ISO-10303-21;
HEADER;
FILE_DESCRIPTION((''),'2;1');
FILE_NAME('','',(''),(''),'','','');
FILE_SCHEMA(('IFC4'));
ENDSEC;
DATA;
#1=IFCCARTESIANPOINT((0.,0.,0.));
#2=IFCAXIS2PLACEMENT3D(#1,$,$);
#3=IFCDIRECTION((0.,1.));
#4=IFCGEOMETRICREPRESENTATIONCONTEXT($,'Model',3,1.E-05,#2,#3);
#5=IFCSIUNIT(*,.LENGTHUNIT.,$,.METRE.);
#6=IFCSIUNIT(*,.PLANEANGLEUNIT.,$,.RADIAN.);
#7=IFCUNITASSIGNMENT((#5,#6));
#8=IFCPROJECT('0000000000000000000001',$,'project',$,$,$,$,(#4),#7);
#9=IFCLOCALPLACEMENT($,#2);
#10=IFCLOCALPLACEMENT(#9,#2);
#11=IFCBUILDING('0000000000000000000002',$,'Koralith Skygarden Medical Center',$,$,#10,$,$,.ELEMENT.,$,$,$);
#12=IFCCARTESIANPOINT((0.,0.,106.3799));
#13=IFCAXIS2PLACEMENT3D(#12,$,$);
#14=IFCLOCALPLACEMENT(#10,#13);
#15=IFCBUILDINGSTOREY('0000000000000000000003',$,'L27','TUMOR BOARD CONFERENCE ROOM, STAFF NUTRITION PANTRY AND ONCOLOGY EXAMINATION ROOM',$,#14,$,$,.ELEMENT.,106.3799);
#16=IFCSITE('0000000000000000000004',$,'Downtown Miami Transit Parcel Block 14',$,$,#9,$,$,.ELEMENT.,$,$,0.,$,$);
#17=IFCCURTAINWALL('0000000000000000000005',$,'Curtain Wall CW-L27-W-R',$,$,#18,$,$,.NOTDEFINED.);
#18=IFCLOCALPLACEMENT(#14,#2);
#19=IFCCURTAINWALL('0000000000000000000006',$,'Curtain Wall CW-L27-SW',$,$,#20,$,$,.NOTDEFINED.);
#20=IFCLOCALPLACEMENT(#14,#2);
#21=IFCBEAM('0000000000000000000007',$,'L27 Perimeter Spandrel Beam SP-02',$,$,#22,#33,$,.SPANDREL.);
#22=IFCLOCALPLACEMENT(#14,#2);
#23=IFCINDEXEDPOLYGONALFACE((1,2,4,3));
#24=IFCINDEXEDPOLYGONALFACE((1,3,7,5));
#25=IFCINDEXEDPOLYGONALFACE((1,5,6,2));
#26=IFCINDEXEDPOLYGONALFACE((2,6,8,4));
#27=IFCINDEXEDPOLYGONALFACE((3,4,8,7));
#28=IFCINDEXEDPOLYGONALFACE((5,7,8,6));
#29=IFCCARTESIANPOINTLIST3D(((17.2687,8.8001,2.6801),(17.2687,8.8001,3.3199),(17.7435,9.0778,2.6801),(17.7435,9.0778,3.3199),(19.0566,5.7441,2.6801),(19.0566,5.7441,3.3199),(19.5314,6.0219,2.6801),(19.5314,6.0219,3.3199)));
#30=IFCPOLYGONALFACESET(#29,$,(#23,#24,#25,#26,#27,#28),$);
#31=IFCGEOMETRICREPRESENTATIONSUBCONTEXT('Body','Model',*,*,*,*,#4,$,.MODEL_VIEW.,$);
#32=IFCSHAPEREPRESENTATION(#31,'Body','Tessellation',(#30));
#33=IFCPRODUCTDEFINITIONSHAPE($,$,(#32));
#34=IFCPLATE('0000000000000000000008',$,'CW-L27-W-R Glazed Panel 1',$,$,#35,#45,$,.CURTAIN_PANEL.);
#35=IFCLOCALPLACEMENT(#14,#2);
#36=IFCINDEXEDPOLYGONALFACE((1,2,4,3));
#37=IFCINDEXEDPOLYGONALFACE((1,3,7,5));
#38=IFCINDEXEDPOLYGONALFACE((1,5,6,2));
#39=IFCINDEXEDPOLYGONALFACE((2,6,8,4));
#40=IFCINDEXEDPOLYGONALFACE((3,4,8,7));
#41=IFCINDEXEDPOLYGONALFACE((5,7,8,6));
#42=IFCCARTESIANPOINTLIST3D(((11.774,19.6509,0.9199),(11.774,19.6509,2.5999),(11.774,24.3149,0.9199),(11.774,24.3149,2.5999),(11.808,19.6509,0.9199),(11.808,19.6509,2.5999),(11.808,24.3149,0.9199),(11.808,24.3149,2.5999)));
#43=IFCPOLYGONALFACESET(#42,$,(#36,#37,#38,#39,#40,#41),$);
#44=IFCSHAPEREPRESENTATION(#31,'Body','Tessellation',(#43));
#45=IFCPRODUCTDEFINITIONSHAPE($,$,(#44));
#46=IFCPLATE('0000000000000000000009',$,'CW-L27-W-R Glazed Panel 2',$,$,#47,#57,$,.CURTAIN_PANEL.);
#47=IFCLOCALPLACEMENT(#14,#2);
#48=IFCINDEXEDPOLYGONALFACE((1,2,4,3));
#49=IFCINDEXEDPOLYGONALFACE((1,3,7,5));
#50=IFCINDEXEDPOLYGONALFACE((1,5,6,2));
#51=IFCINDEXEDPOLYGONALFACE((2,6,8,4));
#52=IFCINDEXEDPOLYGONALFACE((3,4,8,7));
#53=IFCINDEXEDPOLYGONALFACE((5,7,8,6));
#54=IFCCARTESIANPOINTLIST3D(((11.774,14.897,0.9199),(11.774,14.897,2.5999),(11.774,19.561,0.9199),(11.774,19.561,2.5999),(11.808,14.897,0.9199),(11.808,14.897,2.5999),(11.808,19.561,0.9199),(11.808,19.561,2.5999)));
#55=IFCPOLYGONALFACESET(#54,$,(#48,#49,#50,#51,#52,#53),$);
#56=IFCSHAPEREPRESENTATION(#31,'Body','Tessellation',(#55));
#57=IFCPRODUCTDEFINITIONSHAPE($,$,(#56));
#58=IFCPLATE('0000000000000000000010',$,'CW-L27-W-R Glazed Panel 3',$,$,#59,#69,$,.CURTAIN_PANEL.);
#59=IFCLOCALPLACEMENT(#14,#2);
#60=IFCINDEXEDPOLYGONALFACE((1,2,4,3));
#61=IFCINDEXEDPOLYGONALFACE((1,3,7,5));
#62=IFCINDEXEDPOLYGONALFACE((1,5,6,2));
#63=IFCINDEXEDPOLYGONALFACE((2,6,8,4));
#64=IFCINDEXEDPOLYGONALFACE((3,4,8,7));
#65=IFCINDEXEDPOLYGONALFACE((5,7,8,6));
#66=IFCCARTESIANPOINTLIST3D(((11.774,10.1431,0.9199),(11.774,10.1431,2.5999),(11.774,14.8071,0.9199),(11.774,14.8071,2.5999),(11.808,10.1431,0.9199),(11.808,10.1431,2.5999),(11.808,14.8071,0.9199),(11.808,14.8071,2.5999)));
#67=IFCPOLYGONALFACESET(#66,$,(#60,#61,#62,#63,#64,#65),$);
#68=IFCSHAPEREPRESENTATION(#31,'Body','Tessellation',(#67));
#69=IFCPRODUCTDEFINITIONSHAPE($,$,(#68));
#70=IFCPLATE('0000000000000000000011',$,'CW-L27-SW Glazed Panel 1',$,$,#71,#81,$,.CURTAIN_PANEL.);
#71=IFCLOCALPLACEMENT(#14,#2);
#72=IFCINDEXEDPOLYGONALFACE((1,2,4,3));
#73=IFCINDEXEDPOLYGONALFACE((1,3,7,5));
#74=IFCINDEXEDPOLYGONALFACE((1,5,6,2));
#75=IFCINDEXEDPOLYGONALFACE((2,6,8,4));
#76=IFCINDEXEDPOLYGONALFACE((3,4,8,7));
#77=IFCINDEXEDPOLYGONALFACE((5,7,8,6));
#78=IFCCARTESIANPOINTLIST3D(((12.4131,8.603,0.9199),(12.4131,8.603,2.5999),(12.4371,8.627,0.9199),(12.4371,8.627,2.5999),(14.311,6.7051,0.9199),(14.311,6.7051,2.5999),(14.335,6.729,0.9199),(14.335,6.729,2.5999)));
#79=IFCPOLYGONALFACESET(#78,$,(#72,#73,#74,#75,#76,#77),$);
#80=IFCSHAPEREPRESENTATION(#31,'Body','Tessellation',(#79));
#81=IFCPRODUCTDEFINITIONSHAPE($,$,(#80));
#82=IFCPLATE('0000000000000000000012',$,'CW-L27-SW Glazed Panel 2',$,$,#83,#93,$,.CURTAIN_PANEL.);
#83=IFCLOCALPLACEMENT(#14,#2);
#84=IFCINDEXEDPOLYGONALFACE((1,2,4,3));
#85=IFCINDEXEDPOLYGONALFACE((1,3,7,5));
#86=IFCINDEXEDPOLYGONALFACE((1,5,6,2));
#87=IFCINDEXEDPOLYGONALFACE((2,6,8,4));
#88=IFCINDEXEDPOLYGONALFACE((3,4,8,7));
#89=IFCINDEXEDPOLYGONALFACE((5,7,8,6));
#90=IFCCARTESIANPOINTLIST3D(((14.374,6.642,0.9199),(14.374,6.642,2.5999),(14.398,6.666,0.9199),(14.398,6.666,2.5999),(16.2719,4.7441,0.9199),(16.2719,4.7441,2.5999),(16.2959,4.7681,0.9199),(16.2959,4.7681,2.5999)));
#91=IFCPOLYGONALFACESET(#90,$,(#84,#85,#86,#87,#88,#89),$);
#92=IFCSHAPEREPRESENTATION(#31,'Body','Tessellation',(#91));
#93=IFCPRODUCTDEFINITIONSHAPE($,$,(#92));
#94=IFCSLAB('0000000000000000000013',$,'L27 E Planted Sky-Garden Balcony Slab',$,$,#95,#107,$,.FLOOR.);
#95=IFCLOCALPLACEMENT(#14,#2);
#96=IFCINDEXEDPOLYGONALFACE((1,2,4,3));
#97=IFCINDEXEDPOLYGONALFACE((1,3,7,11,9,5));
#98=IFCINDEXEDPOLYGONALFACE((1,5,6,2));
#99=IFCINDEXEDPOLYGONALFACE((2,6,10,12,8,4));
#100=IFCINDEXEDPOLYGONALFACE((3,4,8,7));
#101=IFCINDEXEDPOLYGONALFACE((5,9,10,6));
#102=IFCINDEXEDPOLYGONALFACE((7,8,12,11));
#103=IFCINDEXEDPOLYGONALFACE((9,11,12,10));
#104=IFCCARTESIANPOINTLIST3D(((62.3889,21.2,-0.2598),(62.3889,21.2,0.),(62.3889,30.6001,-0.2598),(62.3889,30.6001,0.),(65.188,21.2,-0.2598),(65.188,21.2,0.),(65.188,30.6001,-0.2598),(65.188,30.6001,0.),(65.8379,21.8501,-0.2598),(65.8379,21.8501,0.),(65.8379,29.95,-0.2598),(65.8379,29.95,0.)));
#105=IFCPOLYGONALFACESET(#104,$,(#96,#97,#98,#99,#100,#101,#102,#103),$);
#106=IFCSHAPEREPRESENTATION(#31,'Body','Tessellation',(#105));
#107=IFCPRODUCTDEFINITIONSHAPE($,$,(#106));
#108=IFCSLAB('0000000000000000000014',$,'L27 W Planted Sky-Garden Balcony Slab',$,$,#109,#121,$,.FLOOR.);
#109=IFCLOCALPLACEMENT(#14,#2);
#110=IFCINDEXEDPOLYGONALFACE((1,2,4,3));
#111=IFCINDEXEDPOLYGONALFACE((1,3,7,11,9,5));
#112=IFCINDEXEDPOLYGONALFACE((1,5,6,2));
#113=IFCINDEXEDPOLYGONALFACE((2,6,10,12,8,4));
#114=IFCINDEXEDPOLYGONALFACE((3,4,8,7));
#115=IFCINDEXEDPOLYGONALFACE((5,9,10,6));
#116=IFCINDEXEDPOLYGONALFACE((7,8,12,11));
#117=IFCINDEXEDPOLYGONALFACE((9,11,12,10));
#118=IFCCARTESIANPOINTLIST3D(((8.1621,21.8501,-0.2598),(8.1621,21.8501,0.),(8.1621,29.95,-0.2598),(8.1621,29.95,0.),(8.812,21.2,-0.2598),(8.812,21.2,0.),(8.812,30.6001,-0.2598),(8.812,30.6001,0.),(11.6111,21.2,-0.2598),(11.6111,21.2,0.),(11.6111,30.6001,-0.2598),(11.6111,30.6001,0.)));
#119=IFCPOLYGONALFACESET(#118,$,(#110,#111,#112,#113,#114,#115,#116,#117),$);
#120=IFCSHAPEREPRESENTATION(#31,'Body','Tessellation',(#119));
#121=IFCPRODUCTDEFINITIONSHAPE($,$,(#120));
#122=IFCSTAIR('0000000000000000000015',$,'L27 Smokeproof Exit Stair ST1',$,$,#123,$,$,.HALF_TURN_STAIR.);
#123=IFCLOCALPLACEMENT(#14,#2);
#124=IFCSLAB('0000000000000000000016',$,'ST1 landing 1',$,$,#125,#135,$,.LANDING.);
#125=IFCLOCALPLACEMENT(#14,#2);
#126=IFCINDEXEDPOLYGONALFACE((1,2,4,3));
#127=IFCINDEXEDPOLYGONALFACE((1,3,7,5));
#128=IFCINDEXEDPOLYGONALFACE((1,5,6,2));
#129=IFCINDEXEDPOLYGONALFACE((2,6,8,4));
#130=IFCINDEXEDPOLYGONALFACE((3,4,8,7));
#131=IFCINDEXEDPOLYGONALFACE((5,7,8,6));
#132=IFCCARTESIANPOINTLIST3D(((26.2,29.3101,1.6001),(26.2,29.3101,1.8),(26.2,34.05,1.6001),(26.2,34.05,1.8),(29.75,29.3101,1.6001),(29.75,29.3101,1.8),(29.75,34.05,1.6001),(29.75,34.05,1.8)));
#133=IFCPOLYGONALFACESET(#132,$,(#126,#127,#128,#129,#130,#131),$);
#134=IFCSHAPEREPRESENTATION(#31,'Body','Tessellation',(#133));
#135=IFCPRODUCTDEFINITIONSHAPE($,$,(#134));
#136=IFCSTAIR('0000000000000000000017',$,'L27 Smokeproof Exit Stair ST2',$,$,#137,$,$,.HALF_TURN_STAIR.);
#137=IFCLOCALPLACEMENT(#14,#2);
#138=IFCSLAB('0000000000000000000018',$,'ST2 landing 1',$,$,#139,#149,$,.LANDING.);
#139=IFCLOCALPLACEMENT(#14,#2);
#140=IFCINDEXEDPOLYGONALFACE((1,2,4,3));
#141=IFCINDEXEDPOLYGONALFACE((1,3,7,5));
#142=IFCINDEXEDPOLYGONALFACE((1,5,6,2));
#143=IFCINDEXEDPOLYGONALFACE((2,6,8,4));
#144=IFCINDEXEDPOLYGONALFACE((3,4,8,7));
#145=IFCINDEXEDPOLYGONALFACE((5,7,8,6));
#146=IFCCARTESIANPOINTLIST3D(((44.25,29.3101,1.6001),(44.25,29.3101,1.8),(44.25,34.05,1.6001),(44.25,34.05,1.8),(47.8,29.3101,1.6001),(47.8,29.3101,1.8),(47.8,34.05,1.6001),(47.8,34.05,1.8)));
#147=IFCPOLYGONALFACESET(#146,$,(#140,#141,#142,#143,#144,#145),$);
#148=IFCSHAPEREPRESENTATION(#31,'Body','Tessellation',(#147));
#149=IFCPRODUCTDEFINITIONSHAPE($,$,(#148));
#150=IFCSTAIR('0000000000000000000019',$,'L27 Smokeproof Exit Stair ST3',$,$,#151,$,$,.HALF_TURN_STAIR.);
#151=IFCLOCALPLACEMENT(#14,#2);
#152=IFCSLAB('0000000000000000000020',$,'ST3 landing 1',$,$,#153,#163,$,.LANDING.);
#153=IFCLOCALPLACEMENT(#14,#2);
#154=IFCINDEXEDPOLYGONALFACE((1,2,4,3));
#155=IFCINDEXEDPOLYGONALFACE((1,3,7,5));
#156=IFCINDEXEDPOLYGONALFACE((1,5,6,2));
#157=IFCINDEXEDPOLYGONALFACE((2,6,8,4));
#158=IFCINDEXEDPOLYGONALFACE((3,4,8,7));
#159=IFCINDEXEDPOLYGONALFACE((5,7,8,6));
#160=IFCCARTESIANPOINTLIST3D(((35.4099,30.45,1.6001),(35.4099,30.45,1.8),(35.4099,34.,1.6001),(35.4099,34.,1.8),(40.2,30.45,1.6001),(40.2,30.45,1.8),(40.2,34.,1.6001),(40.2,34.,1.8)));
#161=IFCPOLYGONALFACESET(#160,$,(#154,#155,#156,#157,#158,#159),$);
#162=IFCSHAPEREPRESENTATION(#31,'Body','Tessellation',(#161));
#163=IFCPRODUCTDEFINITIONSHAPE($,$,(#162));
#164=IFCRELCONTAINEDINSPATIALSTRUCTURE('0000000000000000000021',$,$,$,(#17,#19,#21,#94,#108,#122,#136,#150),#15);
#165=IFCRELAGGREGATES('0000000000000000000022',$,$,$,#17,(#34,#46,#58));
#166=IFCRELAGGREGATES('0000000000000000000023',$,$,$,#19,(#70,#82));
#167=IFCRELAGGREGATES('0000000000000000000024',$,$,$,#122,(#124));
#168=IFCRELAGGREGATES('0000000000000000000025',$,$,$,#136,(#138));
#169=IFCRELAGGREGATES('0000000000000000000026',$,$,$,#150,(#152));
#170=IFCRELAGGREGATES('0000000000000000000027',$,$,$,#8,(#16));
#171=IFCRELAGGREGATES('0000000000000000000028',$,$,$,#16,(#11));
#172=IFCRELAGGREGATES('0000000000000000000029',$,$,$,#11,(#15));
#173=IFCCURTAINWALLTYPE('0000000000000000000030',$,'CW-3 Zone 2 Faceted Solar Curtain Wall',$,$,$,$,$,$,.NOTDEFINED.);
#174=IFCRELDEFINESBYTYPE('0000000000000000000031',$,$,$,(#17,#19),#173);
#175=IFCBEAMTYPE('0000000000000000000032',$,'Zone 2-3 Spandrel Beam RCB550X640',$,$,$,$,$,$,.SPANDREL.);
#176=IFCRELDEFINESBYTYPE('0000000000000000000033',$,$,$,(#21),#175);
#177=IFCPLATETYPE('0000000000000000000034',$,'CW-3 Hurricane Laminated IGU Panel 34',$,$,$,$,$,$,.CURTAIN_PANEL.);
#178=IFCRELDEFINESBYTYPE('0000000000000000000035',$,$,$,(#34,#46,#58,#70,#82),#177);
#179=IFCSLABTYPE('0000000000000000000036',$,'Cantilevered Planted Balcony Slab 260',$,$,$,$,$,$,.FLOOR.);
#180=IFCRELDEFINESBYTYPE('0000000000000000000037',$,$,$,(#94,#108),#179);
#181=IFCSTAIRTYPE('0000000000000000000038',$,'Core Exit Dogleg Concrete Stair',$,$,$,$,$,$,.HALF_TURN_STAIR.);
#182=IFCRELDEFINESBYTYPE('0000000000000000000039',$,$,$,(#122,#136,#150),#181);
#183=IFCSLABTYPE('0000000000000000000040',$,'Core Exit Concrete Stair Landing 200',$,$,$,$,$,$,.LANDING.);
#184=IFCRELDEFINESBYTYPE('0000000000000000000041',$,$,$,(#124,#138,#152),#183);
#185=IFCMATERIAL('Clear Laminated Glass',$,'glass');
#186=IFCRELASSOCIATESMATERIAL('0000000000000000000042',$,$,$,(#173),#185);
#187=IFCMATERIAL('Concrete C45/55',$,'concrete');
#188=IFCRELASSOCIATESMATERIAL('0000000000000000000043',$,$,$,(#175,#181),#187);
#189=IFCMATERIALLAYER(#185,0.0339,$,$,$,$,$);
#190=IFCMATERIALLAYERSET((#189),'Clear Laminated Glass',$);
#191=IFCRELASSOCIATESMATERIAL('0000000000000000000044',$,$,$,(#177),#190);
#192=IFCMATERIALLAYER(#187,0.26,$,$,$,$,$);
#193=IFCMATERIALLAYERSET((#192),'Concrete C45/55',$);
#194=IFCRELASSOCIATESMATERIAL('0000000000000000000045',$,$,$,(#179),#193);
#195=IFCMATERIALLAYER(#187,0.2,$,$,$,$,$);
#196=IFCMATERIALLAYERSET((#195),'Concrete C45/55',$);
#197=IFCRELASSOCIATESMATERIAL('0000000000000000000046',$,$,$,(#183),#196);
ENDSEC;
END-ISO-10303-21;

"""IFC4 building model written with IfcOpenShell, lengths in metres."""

from ifc_helpers import new_model, si_unit, direction, frame, origin, origin_2d, place, context, subcontext, project, spatial, polyline, rectangle, outline, extrude, material, layer, layer_set, material_profile, profile_set, type_object, element, aggregate, save


model = new_model("IFC4")

# Units and contexts
model_context = context("Model", 3, precision=1e-05, world=origin(), true_north=direction((0.0, 1.0)))
body_context = subcontext(model_context, "Body", "Model", "MODEL_VIEW")
ifc_project = project(units=[si_unit("LENGTHUNIT", "METRE"), si_unit("PLANEANGLEUNIT", "RADIAN")], contexts=[model_context])

# Site, building, storey
site_placement = place(None, origin())
site = spatial("IfcSite", under=ifc_project, at=site_placement, Name="Downtown Miami Transit Parcel Block 14", CompositionType="ELEMENT", RefElevation=0.0)
building_placement = place(site_placement, origin())
building = spatial("IfcBuilding", under=site, at=building_placement, Name="Koralith Skygarden Medical Center", CompositionType="ELEMENT")
storey_placement = place(building_placement, frame((0.0, 0.0, 106.3799)))
storey = spatial("IfcBuildingStorey", under=building, at=storey_placement, Name="L27", Description="TUMOR BOARD CONFERENCE ROOM, STAFF NUTRITION PANTRY AND ONCOLOGY EXAMINATION ROOM", CompositionType="ELEMENT", Elevation=106.3799)

# Curtain walls
ifc_material_1 = material(Name="Clear Laminated Glass", Category="glass")
curtain_wall_type = type_object("IfcCurtainWallType", Name="CW-3 Zone 2 Faceted Solar Curtain Wall", PredefinedType="NOTDEFINED", material=ifc_material_1)
curtain_wall_1_placement = place(storey_placement, origin())
curtain_wall_1 = element("IfcCurtainWall", 1, at=curtain_wall_1_placement, inside=storey, type_object=curtain_wall_type, Name="Curtain Wall CW-L27-W-R", PredefinedType="NOTDEFINED")
curtain_wall_2_placement = place(storey_placement, origin())
curtain_wall_2 = element("IfcCurtainWall", 2, at=curtain_wall_2_placement, inside=storey, type_object=curtain_wall_type, Name="Curtain Wall CW-L27-SW", PredefinedType="NOTDEFINED")

# Beam
ifc_material_2 = material(Name="Concrete C45/55", Category="concrete")
ifc_material_profile_1 = material_profile(ifc_material_2, rectangle(XDim=0.55, YDim=0.6399, at=origin_2d()), Name="RCB550X640")
ifc_profile_set_1 = profile_set([ifc_material_profile_1], Name="Concrete C45/55")
beam_type = type_object("IfcBeamType", Name="Zone 2-3 Spandrel Beam RCB550X640", PredefinedType="SPANDREL", material=ifc_profile_set_1)
beam_1_placement = place(storey_placement, frame((17.5061, 8.939, 3.0), z_axis=(0.504972, -0.863135, 0.0), x_axis=(0.863135, 0.504972, 0.0)))
element("IfcBeam", 3, at=beam_1_placement, inside=storey, type_object=beam_type, Name="L27 Perimeter Spandrel Beam SP-02", PredefinedType="SPANDREL", context=body_context, shape_type="SweptSolid", body=[
    extrude(rectangle(XDim=0.55, YDim=0.6399, at=origin_2d()), origin(), (0.0, 0.0, 1.0), 3.5405),
])

# Plates
ifc_layer_1 = layer(ifc_material_1, 0.0339)
ifc_layer_set_1 = layer_set([ifc_layer_1], Name="Clear Laminated Glass")
plate_type_1 = type_object("IfcPlateType", Name="CW-3 Hurricane Laminated IGU Panel 34", PredefinedType="CURTAIN_PANEL", material=ifc_layer_set_1)
plate_1_placement = place(storey_placement, frame((11.791, 21.9829, 0.9199), z_axis=(0.0, 0.0, 1.0), x_axis=(0.0, -1.0, 0.0)))
plate_1 = element("IfcPlate", 4, at=plate_1_placement, type_object=plate_type_1, Name="CW-L27-W-R Glazed Panel 1", PredefinedType="CURTAIN_PANEL", context=body_context, shape_type="SweptSolid", body=[
    extrude(rectangle(XDim=4.6641, YDim=0.0339, at=origin_2d()), origin(), (0.0, 0.0, 1.0), 1.6799),
])
plate_2_placement = place(storey_placement, frame((11.791, 17.229, 0.9199), z_axis=(0.0, 0.0, 1.0), x_axis=(0.0, -1.0, 0.0)))
plate_2 = element("IfcPlate", 5, at=plate_2_placement, type_object=plate_type_1, Name="CW-L27-W-R Glazed Panel 2", PredefinedType="CURTAIN_PANEL", context=body_context, shape_type="SweptSolid", body=[
    extrude(rectangle(XDim=4.6641, YDim=0.0339, at=origin_2d()), origin(), (0.0, 0.0, 1.0), 1.6799),
])
plate_3_placement = place(storey_placement, frame((11.791, 12.4751, 0.9199), z_axis=(0.0, 0.0, 1.0), x_axis=(0.0, -1.0, 0.0)))
plate_3 = element("IfcPlate", 6, at=plate_3_placement, type_object=plate_type_1, Name="CW-L27-W-R Glazed Panel 3", PredefinedType="CURTAIN_PANEL", context=body_context, shape_type="SweptSolid", body=[
    extrude(rectangle(XDim=4.6641, YDim=0.0339, at=origin_2d()), origin(), (0.0, 0.0, 1.0), 1.6799),
])
aggregate(curtain_wall_1, [plate_1, plate_2, plate_3])
plate_4_placement = place(storey_placement, frame((13.374, 7.666, 0.9199), z_axis=(0.0, 0.0, 1.0), x_axis=(0.707107, -0.707107, 0.0)))
plate_4 = element("IfcPlate", 7, at=plate_4_placement, type_object=plate_type_1, Name="CW-L27-SW Glazed Panel 1", PredefinedType="CURTAIN_PANEL", context=body_context, shape_type="SweptSolid", body=[
    extrude(rectangle(XDim=2.6841, YDim=0.0339, at=origin_2d()), origin(), (0.0, 0.0, 1.0), 1.6799),
])
plate_5_placement = place(storey_placement, frame((15.335, 5.7051, 0.9199), z_axis=(0.0, 0.0, 1.0), x_axis=(0.707107, -0.707107, 0.0)))
plate_5 = element("IfcPlate", 8, at=plate_5_placement, type_object=plate_type_1, Name="CW-L27-SW Glazed Panel 2", PredefinedType="CURTAIN_PANEL", context=body_context, shape_type="SweptSolid", body=[
    extrude(rectangle(XDim=2.6841, YDim=0.0339, at=origin_2d()), origin(), (0.0, 0.0, 1.0), 1.6799),
])
aggregate(curtain_wall_2, [plate_4, plate_5])

# Slabs
ifc_layer_2 = layer(ifc_material_2, 0.26)
ifc_layer_set_2 = layer_set([ifc_layer_2], Name="Concrete C45/55")
slab_type_1 = type_object("IfcSlabType", Name="Cantilevered Planted Balcony Slab 260", PredefinedType="FLOOR", material=ifc_layer_set_2)
slab_1_placement = place(storey_placement, frame((0.0, 0.0, -0.2598)))
element("IfcSlab", 9, at=slab_1_placement, inside=storey, type_object=slab_type_1, Name="L27 E Planted Sky-Garden Balcony Slab", PredefinedType="FLOOR", context=body_context, shape_type="SweptSolid", body=[
    extrude(outline(polyline([(62.3889, 21.2), (65.188, 21.2), (65.8379, 21.8501), (65.8379, 29.95), (65.188, 30.6001), (62.3889, 30.6001), (62.3889, 21.2)])), origin(), (0.0, 0.0, 1.0), 0.2598),
])
slab_2_placement = place(storey_placement, frame((0.0, 0.0, -0.2598)))
element("IfcSlab", 10, at=slab_2_placement, inside=storey, type_object=slab_type_1, Name="L27 W Planted Sky-Garden Balcony Slab", PredefinedType="FLOOR", context=body_context, shape_type="SweptSolid", body=[
    extrude(outline(polyline([(8.812, 21.2), (11.6111, 21.2), (11.6111, 30.6001), (8.812, 30.6001), (8.1621, 29.95), (8.1621, 21.8501), (8.812, 21.2)])), origin(), (0.0, 0.0, 1.0), 0.2598),
])

# Stairs, slabs
stair_type = type_object("IfcStairType", Name="Core Exit Dogleg Concrete Stair", PredefinedType="HALF_TURN_STAIR", material=ifc_material_2)
stair_1_placement = place(storey_placement, origin())
stair_1 = element("IfcStair", 11, at=stair_1_placement, inside=storey, type_object=stair_type, Name="L27 Smokeproof Exit Stair ST1", PredefinedType="HALF_TURN_STAIR")
ifc_layer_3 = layer(ifc_material_2, 0.2)
ifc_layer_set_3 = layer_set([ifc_layer_3], Name="Concrete C45/55")
slab_type_2 = type_object("IfcSlabType", Name="Core Exit Concrete Stair Landing 200", PredefinedType="LANDING", material=ifc_layer_set_3)
slab_3_placement = place(storey_placement, frame((0.0, 0.0, 1.6001)))
slab_3 = element("IfcSlab", 12, at=slab_3_placement, type_object=slab_type_2, Name="ST1 landing 1", PredefinedType="LANDING", context=body_context, shape_type="SweptSolid", body=[
    extrude(outline(polyline([(29.75, 29.3101), (29.75, 34.05), (26.2, 34.05), (26.2, 29.3101), (29.75, 29.3101)])), origin(), (0.0, 0.0, 1.0), 0.2),
])
aggregate(stair_1, [slab_3])
stair_2_placement = place(storey_placement, origin())
stair_2 = element("IfcStair", 13, at=stair_2_placement, inside=storey, type_object=stair_type, Name="L27 Smokeproof Exit Stair ST2", PredefinedType="HALF_TURN_STAIR")
slab_4_placement = place(storey_placement, frame((0.0, 0.0, 1.6001)))
slab_4 = element("IfcSlab", 14, at=slab_4_placement, type_object=slab_type_2, Name="ST2 landing 1", PredefinedType="LANDING", context=body_context, shape_type="SweptSolid", body=[
    extrude(outline(polyline([(47.8, 29.3101), (47.8, 34.05), (44.25, 34.05), (44.25, 29.3101), (47.8, 29.3101)])), origin(), (0.0, 0.0, 1.0), 0.2),
])
aggregate(stair_2, [slab_4])
stair_3_placement = place(storey_placement, origin())
stair_3 = element("IfcStair", 15, at=stair_3_placement, inside=storey, type_object=stair_type, Name="L27 Smokeproof Exit Stair ST3", PredefinedType="HALF_TURN_STAIR")
slab_5_placement = place(storey_placement, frame((0.0, 0.0, 1.6001)))
slab_5 = element("IfcSlab", 16, at=slab_5_placement, type_object=slab_type_2, Name="ST3 landing 1", PredefinedType="LANDING", context=body_context, shape_type="SweptSolid", body=[
    extrude(outline(polyline([(35.4099, 30.45), (40.2, 30.45), (40.2, 34.0), (35.4099, 34.0), (35.4099, 30.45)])), origin(), (0.0, 0.0, 1.0), 0.2),
])
aggregate(stair_3, [slab_5])

save(model, "model.ifc")
